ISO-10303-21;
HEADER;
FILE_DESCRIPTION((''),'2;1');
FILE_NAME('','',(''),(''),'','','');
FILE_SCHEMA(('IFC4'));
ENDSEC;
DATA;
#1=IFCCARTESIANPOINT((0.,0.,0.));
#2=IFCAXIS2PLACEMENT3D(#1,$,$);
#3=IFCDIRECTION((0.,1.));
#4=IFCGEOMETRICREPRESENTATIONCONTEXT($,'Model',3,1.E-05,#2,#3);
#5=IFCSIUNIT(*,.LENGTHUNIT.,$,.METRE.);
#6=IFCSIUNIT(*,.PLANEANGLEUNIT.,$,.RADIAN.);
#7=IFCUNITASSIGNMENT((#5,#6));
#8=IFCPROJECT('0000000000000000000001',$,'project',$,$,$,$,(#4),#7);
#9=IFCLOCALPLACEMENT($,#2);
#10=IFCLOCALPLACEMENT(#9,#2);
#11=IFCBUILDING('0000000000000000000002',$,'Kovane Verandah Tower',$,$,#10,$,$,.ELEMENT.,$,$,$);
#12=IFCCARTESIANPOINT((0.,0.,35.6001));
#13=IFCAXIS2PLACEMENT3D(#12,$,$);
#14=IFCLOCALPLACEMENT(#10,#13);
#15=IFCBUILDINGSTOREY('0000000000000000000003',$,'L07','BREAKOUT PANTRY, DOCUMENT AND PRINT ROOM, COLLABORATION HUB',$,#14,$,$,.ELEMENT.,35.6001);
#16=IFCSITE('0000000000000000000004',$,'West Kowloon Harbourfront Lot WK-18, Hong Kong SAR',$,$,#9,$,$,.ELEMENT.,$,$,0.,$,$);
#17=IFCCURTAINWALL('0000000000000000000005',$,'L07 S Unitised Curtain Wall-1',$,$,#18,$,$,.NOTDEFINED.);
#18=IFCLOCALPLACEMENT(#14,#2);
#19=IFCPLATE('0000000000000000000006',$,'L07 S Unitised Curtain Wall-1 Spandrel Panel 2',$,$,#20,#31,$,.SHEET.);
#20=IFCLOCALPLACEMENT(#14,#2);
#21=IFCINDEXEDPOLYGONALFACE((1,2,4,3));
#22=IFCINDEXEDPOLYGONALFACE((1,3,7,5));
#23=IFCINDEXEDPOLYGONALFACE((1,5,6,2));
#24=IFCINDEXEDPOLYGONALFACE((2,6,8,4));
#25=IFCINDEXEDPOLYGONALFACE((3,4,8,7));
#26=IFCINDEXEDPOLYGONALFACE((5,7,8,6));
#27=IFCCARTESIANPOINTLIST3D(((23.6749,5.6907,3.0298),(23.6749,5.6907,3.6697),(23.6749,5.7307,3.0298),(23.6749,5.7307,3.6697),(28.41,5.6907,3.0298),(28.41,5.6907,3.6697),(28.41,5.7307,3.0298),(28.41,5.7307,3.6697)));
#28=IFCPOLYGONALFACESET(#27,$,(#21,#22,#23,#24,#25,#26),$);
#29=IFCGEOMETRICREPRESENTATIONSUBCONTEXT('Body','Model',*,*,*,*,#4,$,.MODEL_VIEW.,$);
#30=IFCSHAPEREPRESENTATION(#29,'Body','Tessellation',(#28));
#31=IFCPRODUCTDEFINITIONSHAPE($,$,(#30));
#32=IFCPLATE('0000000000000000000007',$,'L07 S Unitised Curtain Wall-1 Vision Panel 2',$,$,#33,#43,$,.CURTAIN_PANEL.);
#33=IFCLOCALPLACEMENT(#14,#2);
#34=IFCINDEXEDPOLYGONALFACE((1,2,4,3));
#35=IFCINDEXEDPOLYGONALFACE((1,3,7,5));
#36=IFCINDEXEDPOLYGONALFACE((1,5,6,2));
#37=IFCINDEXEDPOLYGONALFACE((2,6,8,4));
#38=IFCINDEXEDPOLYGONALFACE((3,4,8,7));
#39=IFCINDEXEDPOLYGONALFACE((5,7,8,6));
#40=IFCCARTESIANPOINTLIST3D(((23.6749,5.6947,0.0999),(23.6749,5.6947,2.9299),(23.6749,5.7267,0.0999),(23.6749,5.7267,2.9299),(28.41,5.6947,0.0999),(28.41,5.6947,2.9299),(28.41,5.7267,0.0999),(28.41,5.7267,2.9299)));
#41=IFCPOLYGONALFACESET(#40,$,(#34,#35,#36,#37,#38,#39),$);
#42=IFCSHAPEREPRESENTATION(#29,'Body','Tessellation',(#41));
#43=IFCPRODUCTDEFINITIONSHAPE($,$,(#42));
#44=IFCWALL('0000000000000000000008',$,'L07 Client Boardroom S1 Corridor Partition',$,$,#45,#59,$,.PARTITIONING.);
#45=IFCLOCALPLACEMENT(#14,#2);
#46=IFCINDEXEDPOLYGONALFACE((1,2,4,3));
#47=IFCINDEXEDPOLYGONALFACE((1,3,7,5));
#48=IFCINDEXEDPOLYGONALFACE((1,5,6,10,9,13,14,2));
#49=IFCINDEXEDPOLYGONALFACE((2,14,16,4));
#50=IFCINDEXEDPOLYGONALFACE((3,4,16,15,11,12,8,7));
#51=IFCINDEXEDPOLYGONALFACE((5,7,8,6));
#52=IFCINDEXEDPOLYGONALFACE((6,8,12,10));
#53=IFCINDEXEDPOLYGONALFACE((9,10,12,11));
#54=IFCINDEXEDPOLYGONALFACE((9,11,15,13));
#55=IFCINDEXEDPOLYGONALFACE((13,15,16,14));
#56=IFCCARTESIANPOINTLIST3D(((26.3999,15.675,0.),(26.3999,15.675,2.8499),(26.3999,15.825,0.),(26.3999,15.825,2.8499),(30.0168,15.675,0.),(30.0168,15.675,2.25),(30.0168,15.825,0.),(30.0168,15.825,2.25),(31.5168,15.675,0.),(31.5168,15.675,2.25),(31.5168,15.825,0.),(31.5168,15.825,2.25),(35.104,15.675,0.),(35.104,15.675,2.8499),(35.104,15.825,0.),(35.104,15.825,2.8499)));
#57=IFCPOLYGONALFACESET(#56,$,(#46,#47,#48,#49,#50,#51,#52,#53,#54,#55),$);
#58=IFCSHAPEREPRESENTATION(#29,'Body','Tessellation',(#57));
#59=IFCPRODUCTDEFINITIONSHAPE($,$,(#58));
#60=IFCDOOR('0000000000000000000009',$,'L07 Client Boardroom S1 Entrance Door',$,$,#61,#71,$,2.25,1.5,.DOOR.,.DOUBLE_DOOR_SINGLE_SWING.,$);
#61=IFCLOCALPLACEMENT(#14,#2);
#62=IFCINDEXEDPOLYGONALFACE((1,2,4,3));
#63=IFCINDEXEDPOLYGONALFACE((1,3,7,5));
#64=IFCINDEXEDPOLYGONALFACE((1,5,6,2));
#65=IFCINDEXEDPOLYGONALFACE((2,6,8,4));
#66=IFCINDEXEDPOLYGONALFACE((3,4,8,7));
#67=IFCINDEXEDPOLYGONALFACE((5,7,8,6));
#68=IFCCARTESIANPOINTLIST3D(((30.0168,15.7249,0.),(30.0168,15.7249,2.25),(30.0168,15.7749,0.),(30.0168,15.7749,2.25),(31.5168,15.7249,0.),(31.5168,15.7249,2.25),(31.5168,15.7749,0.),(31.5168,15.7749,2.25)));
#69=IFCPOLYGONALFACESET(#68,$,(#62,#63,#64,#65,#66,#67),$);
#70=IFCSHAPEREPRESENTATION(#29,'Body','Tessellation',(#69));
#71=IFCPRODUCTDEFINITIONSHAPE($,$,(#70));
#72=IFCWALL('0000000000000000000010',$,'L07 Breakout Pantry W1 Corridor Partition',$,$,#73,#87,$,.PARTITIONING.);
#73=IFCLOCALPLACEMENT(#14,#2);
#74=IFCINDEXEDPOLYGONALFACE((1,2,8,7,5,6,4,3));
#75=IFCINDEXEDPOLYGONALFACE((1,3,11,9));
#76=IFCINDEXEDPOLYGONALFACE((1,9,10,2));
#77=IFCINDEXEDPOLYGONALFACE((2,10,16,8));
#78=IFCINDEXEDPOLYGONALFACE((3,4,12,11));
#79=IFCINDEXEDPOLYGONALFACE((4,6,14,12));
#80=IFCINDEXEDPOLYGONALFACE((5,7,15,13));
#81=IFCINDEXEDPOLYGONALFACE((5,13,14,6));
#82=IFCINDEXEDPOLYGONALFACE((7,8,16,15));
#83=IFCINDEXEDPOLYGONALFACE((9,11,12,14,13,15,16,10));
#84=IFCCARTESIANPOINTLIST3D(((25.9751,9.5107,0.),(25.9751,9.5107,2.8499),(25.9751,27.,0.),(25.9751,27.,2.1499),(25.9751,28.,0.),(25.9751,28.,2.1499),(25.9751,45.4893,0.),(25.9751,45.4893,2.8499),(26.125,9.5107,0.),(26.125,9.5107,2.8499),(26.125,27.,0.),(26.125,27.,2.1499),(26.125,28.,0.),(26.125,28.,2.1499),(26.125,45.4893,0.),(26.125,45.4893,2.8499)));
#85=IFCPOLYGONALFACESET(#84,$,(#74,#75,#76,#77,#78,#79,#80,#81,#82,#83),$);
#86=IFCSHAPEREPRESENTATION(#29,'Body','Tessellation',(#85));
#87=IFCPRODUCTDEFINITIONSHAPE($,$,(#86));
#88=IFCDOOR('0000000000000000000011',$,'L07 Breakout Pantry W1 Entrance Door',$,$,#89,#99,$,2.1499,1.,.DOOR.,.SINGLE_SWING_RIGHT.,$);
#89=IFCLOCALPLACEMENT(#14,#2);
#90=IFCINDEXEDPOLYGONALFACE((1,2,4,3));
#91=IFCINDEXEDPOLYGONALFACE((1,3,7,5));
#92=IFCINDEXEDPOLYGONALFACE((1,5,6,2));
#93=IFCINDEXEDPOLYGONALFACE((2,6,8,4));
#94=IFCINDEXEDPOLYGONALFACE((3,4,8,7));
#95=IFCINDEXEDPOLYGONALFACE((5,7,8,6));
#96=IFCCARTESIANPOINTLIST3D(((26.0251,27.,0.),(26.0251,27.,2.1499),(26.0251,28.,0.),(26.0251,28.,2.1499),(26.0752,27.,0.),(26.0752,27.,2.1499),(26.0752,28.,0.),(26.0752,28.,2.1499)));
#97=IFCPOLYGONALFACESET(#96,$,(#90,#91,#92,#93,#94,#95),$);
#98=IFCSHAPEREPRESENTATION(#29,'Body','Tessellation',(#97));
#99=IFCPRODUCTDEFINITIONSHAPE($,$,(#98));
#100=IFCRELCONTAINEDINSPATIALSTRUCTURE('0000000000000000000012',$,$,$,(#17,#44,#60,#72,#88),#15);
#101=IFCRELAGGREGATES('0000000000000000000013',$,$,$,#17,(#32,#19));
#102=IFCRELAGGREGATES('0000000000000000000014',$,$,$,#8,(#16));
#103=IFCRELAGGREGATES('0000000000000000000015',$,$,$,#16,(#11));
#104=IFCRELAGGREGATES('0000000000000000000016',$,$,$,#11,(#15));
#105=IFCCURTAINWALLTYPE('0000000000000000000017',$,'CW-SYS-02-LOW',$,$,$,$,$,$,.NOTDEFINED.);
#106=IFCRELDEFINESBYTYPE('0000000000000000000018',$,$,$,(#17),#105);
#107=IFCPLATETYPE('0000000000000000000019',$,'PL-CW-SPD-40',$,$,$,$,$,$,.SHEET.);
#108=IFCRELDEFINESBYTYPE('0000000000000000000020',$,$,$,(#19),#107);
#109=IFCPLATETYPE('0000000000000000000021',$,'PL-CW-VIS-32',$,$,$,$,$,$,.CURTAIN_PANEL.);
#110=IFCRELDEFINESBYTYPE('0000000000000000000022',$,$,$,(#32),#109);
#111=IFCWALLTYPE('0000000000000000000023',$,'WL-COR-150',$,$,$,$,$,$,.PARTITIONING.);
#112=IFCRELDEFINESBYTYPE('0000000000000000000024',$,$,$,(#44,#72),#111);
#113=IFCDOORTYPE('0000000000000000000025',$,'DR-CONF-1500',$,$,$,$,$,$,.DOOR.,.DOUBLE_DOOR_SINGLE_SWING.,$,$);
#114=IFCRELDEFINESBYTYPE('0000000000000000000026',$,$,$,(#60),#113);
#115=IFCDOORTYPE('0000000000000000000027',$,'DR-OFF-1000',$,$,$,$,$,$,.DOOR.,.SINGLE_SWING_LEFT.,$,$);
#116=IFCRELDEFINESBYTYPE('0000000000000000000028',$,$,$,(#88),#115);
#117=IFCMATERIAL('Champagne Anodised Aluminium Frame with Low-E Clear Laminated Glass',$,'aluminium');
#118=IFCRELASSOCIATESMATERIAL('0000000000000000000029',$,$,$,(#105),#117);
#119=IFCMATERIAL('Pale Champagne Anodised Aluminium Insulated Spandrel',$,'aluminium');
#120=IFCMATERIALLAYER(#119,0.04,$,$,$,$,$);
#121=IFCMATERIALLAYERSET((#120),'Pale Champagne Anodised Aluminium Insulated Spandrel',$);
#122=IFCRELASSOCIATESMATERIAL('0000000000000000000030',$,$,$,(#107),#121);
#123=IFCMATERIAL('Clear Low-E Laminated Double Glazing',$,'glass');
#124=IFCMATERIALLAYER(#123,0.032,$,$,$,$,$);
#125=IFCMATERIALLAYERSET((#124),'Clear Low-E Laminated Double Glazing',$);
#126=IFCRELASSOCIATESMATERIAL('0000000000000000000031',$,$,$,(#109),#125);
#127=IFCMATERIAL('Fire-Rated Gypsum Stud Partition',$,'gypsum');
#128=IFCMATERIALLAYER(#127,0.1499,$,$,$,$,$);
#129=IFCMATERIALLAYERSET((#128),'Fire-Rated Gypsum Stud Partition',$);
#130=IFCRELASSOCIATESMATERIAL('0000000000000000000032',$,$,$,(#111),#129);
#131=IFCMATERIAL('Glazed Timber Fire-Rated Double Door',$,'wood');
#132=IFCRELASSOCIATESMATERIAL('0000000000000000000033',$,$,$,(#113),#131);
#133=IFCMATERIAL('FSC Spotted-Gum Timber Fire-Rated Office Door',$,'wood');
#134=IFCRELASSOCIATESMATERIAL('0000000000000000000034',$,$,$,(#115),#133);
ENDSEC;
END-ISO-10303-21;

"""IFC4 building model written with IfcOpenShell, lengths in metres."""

from ifc_helpers import new_model, si_unit, direction, frame, frame_2d, origin, origin_2d, place, context, subcontext, project, spatial, rectangle, extrude, material, layer, layer_set, type_object, element, fill, aggregate, save


model = new_model("IFC4")

# Units and contexts
model_context = context("Model", 3, precision=1e-05, world=origin(), true_north=direction((0.0, 1.0)))
body_context = subcontext(model_context, "Body", "Model", "MODEL_VIEW")
ifc_project = project(units=[si_unit("LENGTHUNIT", "METRE"), si_unit("PLANEANGLEUNIT", "RADIAN")], contexts=[model_context])

# Site, building, storey
site_placement = place(None, origin())
site = spatial("IfcSite", under=ifc_project, at=site_placement, Name="West Kowloon Harbourfront Lot WK-18, Hong Kong SAR", CompositionType="ELEMENT", RefElevation=0.0)
building_placement = place(site_placement, origin())
building = spatial("IfcBuilding", under=site, at=building_placement, Name="Kovane Verandah Tower", CompositionType="ELEMENT")
storey_placement = place(building_placement, frame((0.0, 0.0, 35.6001)))
storey = spatial("IfcBuildingStorey", under=building, at=storey_placement, Name="L07", Description="BREAKOUT PANTRY, DOCUMENT AND PRINT ROOM, COLLABORATION HUB", CompositionType="ELEMENT", Elevation=35.6001)

# Curtain wall
ifc_material_1 = material(Name="Champagne Anodised Aluminium Frame with Low-E Clear Laminated Glass", Category="aluminium")
curtain_wall_type = type_object("IfcCurtainWallType", Name="CW-SYS-02-LOW", PredefinedType="NOTDEFINED", material=ifc_material_1)
curtain_wall_placement = place(storey_placement, origin())
curtain_wall = element("IfcCurtainWall", 1, at=curtain_wall_placement, inside=storey, type_object=curtain_wall_type, Name="L07 S Unitised Curtain Wall-1", PredefinedType="NOTDEFINED")

# Plates
ifc_material_2 = material(Name="Pale Champagne Anodised Aluminium Insulated Spandrel", Category="aluminium")
ifc_layer_1 = layer(ifc_material_2, 0.04)
ifc_layer_set_1 = layer_set([ifc_layer_1], Name="Pale Champagne Anodised Aluminium Insulated Spandrel")
plate_type_1 = type_object("IfcPlateType", Name="PL-CW-SPD-40", PredefinedType="SHEET", material=ifc_layer_set_1)
plate_1_placement = place(storey_placement, frame((26.0425, 5.7107, 3.0298), z_axis=(0.0, 0.0, 1.0), x_axis=(1.0, 0.0, 0.0)))
plate_1 = element("IfcPlate", 2, at=plate_1_placement, type_object=plate_type_1, Name="L07 S Unitised Curtain Wall-1 Spandrel Panel 2", PredefinedType="SHEET", context=body_context, shape_type="SweptSolid", body=[
    extrude(rectangle(XDim=4.7351, YDim=0.04, at=origin_2d()), origin(), (0.0, 0.0, 1.0), 0.6399),
])
ifc_material_3 = material(Name="Clear Low-E Laminated Double Glazing", Category="glass")
ifc_layer_2 = layer(ifc_material_3, 0.032)
ifc_layer_set_2 = layer_set([ifc_layer_2], Name="Clear Low-E Laminated Double Glazing")
plate_type_2 = type_object("IfcPlateType", Name="PL-CW-VIS-32", PredefinedType="CURTAIN_PANEL", material=ifc_layer_set_2)
plate_2_placement = place(storey_placement, frame((26.0425, 5.7107, 0.0999), z_axis=(0.0, 0.0, 1.0), x_axis=(1.0, 0.0, 0.0)))
plate_2 = element("IfcPlate", 3, at=plate_2_placement, type_object=plate_type_2, Name="L07 S Unitised Curtain Wall-1 Vision Panel 2", PredefinedType="CURTAIN_PANEL", context=body_context, shape_type="SweptSolid", body=[
    extrude(rectangle(XDim=4.7351, YDim=0.032, at=origin_2d()), origin(), (0.0, 0.0, 1.0), 2.8301),
])
aggregate(curtain_wall, [plate_2, plate_1])

# Walls, openings, doors
ifc_material_4 = material(Name="Fire-Rated Gypsum Stud Partition", Category="gypsum")
ifc_layer_3 = layer(ifc_material_4, 0.1499)
ifc_layer_set_3 = layer_set([ifc_layer_3], Name="Fire-Rated Gypsum Stud Partition")
wall_type = type_object("IfcWallType", Name="WL-COR-150", PredefinedType="PARTITIONING", material=ifc_layer_set_3)
wall_1_placement = place(storey_placement, frame((26.3999, 15.75, 0.0), z_axis=(0.0, 0.0, 1.0), x_axis=(1.0, 0.0, 0.0)))
wall_1 = element("IfcWall", 4, at=wall_1_placement, inside=storey, type_object=wall_type, Name="L07 Client Boardroom S1 Corridor Partition", PredefinedType="PARTITIONING", context=body_context, shape_type="SweptSolid", body=[
    extrude(rectangle(XDim=8.7041, YDim=0.1499, at=frame_2d((4.3521, 0.0))), origin(), (0.0, 0.0, 1.0), 2.8499),
])
opening_1_placement = place(wall_1_placement, frame((3.6169, 0.0, 0.0)))
opening_1 = element("IfcOpeningElement", 5, at=opening_1_placement, cuts=wall_1, PredefinedType="OPENING", context=body_context, shape_type="SweptSolid", body=[
    extrude(rectangle(XDim=1.5, YDim=2.25, at=frame_2d((0.75, 1.125))), frame((0.0, 0.075, 0.0), z_axis=(0.0, -1.0, 0.0), x_axis=(1.0, 0.0, 0.0)), (0.0, 0.0, 1.0), 0.1499),
])
ifc_material_5 = material(Name="Glazed Timber Fire-Rated Double Door", Category="wood")
door_type_1 = type_object("IfcDoorType", Name="DR-CONF-1500", OperationType="DOUBLE_DOOR_SINGLE_SWING", PredefinedType="DOOR", material=ifc_material_5)
door_1_placement = place(opening_1_placement, origin())
door_1 = element("IfcDoor", 6, at=door_1_placement, inside=storey, type_object=door_type_1, Name="L07 Client Boardroom S1 Entrance Door", OperationType="DOUBLE_DOOR_SINGLE_SWING", OverallHeight=2.25, OverallWidth=1.5, PredefinedType="DOOR", context=body_context, shape_type="SweptSolid", body=[
    extrude(rectangle(XDim=1.5, YDim=2.25, at=frame_2d((0.75, 1.125))), frame((0.0, 0.0249, 0.0), z_axis=(0.0, -1.0, 0.0), x_axis=(1.0, 0.0, 0.0)), (0.0, 0.0, 1.0), 0.05),
])
fill(opening_1, door_1)
wall_2_placement = place(storey_placement, frame((26.05, 9.5107, 0.0), z_axis=(0.0, 0.0, 1.0), x_axis=(0.0, 1.0, 0.0)))
wall_2 = element("IfcWall", 7, at=wall_2_placement, inside=storey, type_object=wall_type, Name="L07 Breakout Pantry W1 Corridor Partition", PredefinedType="PARTITIONING", context=body_context, shape_type="SweptSolid", body=[
    extrude(rectangle(XDim=35.9785, YDim=0.1499, at=frame_2d((17.9893, 0.0))), origin(), (0.0, 0.0, 1.0), 2.8499),
])
opening_2_placement = place(wall_2_placement, frame((17.4893, 0.0, 0.0)))
opening_2 = element("IfcOpeningElement", 8, at=opening_2_placement, cuts=wall_2, PredefinedType="OPENING", context=body_context, shape_type="SweptSolid", body=[
    extrude(rectangle(XDim=1.0, YDim=2.1499, at=frame_2d((0.5, 1.075))), frame((0.0, 0.075, 0.0), z_axis=(0.0, -1.0, 0.0), x_axis=(1.0, 0.0, 0.0)), (0.0, 0.0, 1.0), 0.1499),
])
ifc_material_6 = material(Name="FSC Spotted-Gum Timber Fire-Rated Office Door", Category="wood")
door_type_2 = type_object("IfcDoorType", Name="DR-OFF-1000", OperationType="SINGLE_SWING_LEFT", PredefinedType="DOOR", material=ifc_material_6)
door_2_placement = place(opening_2_placement, origin())
door_2 = element("IfcDoor", 9, at=door_2_placement, inside=storey, type_object=door_type_2, Name="L07 Breakout Pantry W1 Entrance Door", OperationType="SINGLE_SWING_RIGHT", OverallHeight=2.1499, OverallWidth=1.0, PredefinedType="DOOR", context=body_context, shape_type="SweptSolid", body=[
    extrude(rectangle(XDim=1.0, YDim=2.1499, at=frame_2d((0.5, 1.075))), frame((0.0, 0.0249, 0.0), z_axis=(0.0, -1.0, 0.0), x_axis=(1.0, 0.0, 0.0)), (0.0, 0.0, 1.0), 0.05),
])
fill(opening_2, door_2)

save(model, "model.ifc")
